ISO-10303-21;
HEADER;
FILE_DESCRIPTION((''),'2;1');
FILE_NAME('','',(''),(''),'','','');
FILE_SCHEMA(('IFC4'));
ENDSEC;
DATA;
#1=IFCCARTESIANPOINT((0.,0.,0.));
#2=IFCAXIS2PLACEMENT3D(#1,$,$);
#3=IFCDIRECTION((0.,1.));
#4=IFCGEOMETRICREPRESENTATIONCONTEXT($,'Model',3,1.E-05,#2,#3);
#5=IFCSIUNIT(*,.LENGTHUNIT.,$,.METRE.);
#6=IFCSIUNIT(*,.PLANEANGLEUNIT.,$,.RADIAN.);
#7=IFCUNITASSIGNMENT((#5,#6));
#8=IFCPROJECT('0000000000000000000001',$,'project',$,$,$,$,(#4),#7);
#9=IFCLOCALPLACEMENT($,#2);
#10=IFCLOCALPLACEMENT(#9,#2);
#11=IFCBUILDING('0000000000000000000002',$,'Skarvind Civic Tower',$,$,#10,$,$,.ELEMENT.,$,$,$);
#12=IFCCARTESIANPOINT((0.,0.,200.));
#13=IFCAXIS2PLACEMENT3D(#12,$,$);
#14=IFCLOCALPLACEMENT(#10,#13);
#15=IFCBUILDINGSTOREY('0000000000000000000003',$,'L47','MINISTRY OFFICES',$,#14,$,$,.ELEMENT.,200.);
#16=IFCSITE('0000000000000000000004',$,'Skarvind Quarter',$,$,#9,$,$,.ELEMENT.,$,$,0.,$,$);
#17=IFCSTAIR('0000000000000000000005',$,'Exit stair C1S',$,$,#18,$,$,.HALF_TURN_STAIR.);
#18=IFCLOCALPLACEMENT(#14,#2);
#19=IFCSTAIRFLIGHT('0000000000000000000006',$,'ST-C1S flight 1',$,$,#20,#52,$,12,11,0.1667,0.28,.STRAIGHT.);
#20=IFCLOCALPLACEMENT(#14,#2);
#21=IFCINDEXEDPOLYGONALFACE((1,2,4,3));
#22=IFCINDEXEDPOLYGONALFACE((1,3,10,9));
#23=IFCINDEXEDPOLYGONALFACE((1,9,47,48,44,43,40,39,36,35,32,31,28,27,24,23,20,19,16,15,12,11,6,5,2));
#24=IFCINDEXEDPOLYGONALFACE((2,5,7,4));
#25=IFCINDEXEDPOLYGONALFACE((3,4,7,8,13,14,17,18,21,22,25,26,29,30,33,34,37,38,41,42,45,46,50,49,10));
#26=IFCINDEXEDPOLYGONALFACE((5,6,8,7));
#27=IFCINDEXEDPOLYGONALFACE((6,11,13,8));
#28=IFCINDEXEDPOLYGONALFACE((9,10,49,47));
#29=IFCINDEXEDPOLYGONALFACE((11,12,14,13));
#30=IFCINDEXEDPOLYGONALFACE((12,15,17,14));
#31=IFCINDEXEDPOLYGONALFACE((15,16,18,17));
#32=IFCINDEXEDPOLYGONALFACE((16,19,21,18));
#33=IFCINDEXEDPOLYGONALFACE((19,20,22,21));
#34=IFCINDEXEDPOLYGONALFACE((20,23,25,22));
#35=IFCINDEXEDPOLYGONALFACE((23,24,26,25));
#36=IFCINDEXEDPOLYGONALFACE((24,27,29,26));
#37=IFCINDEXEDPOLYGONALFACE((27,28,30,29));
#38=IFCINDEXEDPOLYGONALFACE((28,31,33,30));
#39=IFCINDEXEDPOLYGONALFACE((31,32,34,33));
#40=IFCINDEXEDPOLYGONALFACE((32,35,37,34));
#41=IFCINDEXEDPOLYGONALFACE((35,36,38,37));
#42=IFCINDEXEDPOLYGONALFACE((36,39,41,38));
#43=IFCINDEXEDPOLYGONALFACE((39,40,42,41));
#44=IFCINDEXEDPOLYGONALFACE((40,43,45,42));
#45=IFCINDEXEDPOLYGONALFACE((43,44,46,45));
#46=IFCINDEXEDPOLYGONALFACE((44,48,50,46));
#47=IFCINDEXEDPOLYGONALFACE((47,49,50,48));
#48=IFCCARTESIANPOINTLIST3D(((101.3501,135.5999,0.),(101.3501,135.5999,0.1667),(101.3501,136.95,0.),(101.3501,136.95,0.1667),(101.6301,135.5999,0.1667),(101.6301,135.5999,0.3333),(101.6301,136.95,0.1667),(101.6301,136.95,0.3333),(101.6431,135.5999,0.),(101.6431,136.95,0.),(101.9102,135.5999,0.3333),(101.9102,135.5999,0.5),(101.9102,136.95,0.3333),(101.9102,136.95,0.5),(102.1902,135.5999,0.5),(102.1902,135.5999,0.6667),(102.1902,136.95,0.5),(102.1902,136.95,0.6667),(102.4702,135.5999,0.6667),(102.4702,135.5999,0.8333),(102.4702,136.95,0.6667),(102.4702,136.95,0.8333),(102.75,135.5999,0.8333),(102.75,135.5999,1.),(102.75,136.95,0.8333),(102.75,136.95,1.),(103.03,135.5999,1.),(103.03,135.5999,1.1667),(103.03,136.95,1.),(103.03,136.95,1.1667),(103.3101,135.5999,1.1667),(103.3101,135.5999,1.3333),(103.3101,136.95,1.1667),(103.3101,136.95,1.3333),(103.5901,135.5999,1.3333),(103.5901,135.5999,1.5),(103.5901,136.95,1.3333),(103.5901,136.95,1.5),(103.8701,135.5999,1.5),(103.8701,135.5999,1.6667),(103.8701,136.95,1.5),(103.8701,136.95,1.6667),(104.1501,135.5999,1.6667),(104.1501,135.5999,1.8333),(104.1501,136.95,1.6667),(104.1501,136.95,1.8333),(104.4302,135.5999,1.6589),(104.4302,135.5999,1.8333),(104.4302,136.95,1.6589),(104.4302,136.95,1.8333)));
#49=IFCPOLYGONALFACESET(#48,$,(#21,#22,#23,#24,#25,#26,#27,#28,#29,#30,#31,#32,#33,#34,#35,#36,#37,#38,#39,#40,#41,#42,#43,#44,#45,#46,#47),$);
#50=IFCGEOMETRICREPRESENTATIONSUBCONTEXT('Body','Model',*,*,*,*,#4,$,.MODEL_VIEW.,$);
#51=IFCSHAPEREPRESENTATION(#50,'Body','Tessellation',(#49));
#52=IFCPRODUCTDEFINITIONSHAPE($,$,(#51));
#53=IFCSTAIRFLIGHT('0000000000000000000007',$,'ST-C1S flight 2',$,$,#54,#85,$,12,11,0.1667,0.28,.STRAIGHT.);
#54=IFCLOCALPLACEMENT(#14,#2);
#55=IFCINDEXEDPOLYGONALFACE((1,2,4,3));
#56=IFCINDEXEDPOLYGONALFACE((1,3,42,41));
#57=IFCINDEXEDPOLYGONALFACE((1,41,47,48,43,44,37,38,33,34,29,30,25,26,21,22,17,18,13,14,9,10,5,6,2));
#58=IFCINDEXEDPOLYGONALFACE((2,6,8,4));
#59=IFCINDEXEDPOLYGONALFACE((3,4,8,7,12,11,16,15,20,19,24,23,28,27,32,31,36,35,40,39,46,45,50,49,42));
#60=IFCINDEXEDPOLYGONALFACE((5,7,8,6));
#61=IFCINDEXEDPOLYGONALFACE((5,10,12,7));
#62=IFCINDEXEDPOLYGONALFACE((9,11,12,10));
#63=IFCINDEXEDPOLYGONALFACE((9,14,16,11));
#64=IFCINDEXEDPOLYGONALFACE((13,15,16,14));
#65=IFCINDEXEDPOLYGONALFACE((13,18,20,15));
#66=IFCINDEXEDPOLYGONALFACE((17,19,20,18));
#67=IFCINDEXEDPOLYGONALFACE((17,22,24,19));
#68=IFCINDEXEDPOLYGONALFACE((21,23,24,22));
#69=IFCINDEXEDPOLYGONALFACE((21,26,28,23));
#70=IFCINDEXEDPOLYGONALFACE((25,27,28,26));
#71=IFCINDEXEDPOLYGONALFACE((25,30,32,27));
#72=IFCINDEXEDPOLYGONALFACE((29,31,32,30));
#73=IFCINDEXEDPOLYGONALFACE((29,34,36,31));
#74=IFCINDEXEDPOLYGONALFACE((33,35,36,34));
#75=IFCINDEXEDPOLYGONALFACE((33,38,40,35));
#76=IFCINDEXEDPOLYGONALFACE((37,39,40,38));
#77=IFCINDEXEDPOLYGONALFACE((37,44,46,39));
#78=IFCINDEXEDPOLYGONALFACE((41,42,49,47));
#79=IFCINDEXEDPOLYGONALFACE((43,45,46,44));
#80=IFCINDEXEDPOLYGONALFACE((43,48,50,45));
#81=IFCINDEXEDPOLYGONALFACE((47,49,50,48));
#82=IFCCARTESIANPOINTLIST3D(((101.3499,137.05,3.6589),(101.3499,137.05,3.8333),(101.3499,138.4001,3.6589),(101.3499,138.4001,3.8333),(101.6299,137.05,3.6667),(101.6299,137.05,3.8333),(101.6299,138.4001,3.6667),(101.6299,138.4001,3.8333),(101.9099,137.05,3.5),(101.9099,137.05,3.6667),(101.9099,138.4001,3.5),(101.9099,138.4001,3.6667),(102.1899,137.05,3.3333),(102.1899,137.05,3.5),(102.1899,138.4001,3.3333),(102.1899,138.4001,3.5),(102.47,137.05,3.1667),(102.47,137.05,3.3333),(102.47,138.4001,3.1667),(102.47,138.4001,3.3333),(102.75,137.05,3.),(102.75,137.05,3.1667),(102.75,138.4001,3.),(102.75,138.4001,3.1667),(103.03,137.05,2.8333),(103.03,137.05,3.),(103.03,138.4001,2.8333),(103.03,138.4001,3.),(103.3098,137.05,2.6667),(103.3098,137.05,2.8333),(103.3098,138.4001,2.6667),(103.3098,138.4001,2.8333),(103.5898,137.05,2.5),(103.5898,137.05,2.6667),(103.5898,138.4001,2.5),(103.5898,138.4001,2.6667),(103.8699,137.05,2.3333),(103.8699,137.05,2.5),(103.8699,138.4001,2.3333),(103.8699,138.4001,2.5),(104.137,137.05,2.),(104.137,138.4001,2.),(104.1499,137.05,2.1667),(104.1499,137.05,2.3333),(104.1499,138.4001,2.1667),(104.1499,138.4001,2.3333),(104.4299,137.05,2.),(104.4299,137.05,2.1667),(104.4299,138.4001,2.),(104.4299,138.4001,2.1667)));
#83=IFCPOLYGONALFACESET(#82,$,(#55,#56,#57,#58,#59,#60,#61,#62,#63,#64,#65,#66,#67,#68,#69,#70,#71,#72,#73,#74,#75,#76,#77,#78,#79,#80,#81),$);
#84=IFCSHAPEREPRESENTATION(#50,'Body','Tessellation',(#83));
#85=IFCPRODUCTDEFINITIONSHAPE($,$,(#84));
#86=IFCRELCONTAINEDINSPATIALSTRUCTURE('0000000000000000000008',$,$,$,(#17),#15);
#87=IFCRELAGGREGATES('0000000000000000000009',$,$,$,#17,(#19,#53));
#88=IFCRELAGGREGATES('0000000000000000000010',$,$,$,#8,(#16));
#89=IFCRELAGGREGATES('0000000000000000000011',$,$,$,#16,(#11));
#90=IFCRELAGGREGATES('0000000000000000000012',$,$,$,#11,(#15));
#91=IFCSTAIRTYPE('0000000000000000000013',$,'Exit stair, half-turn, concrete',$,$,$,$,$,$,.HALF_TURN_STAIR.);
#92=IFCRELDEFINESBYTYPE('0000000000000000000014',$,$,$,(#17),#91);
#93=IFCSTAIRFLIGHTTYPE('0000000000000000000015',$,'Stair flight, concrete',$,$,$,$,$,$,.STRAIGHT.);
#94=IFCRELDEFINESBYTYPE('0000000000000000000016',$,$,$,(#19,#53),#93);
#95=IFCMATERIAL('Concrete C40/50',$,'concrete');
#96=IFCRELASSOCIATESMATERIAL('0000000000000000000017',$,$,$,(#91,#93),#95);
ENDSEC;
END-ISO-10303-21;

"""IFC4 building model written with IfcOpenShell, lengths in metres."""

from ifc_helpers import new_model, si_unit, direction, frame, origin, place, context, subcontext, project, spatial, polyline, outline, extrude, material, type_object, element, aggregate, save


model = new_model("IFC4")

# Units and contexts
model_context = context("Model", 3, precision=1e-05, world=origin(), true_north=direction((0.0, 1.0)))
body_context = subcontext(model_context, "Body", "Model", "MODEL_VIEW")
ifc_project = project(units=[si_unit("LENGTHUNIT", "METRE"), si_unit("PLANEANGLEUNIT", "RADIAN")], contexts=[model_context])

# Site, building, storey
site_placement = place(None, origin())
site = spatial("IfcSite", under=ifc_project, at=site_placement, Name="Skarvind Quarter", CompositionType="ELEMENT", RefElevation=0.0)
building_placement = place(site_placement, origin())
building = spatial("IfcBuilding", under=site, at=building_placement, Name="Skarvind Civic Tower", CompositionType="ELEMENT")
storey_placement = place(building_placement, frame((0.0, 0.0, 200.0)))
storey = spatial("IfcBuildingStorey", under=building, at=storey_placement, Name="L47", Description="MINISTRY OFFICES", CompositionType="ELEMENT", Elevation=200.0)

# Stair, stair flights
ifc_material_1 = material(Name="Concrete C40/50", Category="concrete")
stair_type = type_object("IfcStairType", Name="Exit stair, half-turn, concrete", PredefinedType="HALF_TURN_STAIR", material=ifc_material_1)
stair_placement = place(storey_placement, origin())
stair = element("IfcStair", 1, at=stair_placement, inside=storey, type_object=stair_type, Name="Exit stair C1S", PredefinedType="HALF_TURN_STAIR")
stair_flight_type = type_object("IfcStairFlightType", Name="Stair flight, concrete", PredefinedType="STRAIGHT", material=ifc_material_1)
stair_flight_1_placement = place(storey_placement, frame((101.3501, 136.2749, 0.0), z_axis=(0.0, 0.0, 1.0), x_axis=(1.0, 0.0, 0.0)))
stair_flight_1 = element("IfcStairFlight", 2, at=stair_flight_1_placement, type_object=stair_flight_type, Name="ST-C1S flight 1", NumberOfRisers=12, NumberOfTreads=11, PredefinedType="STRAIGHT", RiserHeight=0.1667, TreadLength=0.28, context=body_context, shape_type="SweptSolid", body=[
    extrude(outline(polyline([(0.0, 0.0), (0.0, 0.1667), (0.28, 0.1667), (0.28, 0.3333), (0.5601, 0.3333), (0.5601, 0.5), (0.8401, 0.5), (0.8401, 0.6667), (1.1201, 0.6667), (1.1201, 0.8333), (1.3999, 0.8333), (1.3999, 1.0), (1.6799, 1.0), (1.6799, 1.1667), (1.96, 1.1667), (1.96, 1.3333), (2.24, 1.3333), (2.24, 1.5), (2.52, 1.5), (2.52, 1.6667), (2.8, 1.6667), (2.8, 1.8333), (3.0801, 1.8333), (3.0801, 2.0), (3.0801, 1.6589), (0.293, 0.0), (0.0, 0.0)])), frame((0.0, 0.675, 0.0), z_axis=(0.0, -1.0, 0.0), x_axis=(1.0, 0.0, 0.0)), (0.0, 0.0, 1.0), 1.3501),
])
stair_flight_2_placement = place(storey_placement, frame((104.4299, 137.7251, 2.0), z_axis=(0.0, 0.0, 1.0), x_axis=(-1.0, 0.0, 0.0)))
stair_flight_2 = element("IfcStairFlight", 3, at=stair_flight_2_placement, type_object=stair_flight_type, Name="ST-C1S flight 2", NumberOfRisers=12, NumberOfTreads=11, PredefinedType="STRAIGHT", RiserHeight=0.1667, TreadLength=0.28, context=body_context, shape_type="SweptSolid", body=[
    extrude(outline(polyline([(0.0, 0.0), (0.0, 0.1667), (0.28, 0.1667), (0.28, 0.3333), (0.5601, 0.3333), (0.5601, 0.5), (0.8401, 0.5), (0.8401, 0.6667), (1.1201, 0.6667), (1.1201, 0.8333), (1.3999, 0.8333), (1.3999, 1.0), (1.6799, 1.0), (1.6799, 1.1667), (1.96, 1.1667), (1.96, 1.3333), (2.24, 1.3333), (2.24, 1.5), (2.52, 1.5), (2.52, 1.6667), (2.8, 1.6667), (2.8, 1.8333), (3.0801, 1.8333), (3.0801, 2.0), (3.0801, 1.6589), (0.293, 0.0), (0.0, 0.0)])), frame((0.0, 0.675, 0.0), z_axis=(0.0, -1.0, 0.0), x_axis=(1.0, 0.0, 0.0)), (0.0, 0.0, 1.0), 1.3501),
])
aggregate(stair, [stair_flight_1, stair_flight_2])

save(model, "model.ifc")
